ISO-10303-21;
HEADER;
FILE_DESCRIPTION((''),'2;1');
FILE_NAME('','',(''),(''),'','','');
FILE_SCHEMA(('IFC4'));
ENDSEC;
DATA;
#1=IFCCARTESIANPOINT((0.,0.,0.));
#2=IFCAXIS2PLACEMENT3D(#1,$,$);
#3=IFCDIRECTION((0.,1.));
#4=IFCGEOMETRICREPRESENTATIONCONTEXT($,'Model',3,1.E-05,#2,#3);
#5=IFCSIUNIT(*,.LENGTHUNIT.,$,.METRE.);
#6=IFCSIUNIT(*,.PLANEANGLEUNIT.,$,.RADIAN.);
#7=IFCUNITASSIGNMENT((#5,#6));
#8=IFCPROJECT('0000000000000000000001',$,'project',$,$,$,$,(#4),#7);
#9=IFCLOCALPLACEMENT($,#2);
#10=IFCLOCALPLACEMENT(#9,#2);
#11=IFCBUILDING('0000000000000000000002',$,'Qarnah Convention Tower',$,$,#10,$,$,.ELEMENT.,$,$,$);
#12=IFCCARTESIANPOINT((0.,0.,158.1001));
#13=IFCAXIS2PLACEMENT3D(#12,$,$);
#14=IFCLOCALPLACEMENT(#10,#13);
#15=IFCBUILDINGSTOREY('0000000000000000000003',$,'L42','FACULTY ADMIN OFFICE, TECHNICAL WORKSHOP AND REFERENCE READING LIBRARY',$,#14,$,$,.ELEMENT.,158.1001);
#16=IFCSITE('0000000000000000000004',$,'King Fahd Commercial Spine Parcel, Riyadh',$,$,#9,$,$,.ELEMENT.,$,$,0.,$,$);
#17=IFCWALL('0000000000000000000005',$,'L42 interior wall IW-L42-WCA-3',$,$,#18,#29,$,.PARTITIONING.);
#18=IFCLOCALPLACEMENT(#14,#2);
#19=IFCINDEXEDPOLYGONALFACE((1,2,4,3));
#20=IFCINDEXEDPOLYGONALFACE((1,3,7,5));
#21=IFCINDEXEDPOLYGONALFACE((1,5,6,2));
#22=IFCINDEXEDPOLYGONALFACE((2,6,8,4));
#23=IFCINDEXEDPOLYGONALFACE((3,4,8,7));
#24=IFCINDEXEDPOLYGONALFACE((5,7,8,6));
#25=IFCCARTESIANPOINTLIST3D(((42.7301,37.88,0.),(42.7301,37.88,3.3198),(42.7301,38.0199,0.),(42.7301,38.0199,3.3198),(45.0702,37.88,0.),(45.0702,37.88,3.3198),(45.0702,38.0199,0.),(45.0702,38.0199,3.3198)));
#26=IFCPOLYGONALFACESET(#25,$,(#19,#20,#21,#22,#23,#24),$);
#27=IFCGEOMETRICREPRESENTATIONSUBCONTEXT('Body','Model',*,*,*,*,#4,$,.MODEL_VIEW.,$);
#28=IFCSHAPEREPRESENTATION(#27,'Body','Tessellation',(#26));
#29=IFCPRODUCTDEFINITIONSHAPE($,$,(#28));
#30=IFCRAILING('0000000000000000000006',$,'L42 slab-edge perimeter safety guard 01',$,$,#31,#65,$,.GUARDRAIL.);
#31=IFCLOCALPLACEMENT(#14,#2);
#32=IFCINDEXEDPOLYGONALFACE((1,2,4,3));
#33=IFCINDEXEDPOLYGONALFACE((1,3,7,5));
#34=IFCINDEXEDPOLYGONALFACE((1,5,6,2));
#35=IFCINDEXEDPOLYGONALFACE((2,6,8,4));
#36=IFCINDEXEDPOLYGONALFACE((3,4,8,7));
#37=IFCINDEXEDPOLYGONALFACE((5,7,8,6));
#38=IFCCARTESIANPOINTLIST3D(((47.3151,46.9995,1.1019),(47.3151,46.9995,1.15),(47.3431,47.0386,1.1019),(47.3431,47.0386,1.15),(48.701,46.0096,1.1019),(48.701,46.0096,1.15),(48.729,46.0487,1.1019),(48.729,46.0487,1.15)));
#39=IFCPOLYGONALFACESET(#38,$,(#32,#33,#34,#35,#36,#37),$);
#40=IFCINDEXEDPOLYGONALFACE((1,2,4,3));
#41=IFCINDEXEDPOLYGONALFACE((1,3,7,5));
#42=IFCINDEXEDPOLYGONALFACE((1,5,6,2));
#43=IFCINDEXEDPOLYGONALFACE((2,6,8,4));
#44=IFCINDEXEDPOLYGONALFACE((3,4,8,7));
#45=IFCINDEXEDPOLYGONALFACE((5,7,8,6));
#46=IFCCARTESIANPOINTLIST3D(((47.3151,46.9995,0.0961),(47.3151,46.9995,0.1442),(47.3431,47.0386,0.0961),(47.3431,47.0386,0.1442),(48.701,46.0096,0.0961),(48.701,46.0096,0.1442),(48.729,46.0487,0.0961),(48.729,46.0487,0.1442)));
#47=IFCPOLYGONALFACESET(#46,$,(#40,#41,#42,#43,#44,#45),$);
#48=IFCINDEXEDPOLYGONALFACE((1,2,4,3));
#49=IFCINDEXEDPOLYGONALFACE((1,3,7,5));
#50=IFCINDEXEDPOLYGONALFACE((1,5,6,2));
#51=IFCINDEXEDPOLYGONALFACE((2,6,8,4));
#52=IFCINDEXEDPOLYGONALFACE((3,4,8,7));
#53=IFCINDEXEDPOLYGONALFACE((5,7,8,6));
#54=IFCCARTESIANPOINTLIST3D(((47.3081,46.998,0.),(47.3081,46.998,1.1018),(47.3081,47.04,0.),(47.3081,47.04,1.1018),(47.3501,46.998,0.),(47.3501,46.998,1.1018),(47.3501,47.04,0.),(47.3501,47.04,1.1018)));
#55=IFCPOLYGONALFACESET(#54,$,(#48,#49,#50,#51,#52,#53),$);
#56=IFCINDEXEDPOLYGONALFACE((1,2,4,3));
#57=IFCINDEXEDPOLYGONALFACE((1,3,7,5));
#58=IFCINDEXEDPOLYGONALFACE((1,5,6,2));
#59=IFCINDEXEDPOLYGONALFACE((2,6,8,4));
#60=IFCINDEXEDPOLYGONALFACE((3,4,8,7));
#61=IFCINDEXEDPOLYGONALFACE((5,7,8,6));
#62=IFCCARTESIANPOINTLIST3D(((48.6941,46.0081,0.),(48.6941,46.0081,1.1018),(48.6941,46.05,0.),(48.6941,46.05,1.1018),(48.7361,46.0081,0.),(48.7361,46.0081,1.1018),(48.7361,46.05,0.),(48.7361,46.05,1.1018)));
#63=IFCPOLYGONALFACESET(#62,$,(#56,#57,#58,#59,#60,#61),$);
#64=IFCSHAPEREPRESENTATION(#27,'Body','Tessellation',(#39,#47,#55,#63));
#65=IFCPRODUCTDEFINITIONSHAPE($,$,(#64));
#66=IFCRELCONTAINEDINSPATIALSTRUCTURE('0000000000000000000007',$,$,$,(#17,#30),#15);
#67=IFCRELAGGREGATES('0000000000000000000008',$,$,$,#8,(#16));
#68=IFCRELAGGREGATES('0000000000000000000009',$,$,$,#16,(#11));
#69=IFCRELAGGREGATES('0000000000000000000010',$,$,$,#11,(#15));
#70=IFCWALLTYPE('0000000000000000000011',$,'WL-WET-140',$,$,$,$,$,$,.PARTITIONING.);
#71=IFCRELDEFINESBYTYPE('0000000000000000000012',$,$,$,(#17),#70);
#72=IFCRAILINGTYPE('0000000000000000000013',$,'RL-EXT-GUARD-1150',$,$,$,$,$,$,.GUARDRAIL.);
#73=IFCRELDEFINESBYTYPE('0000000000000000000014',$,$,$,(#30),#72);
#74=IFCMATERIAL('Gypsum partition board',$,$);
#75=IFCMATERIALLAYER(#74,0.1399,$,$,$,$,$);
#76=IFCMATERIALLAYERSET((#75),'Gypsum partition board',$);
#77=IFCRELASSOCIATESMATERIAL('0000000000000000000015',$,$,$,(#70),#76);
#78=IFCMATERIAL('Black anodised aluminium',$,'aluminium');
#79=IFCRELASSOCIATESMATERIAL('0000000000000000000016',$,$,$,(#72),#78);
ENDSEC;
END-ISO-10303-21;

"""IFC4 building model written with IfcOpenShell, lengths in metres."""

from ifc_helpers import new_model, si_unit, direction, frame, frame_2d, origin, origin_2d, place, context, subcontext, project, spatial, rectangle, extrude, material, layer, layer_set, type_object, element, save


model = new_model("IFC4")

# Units and contexts
model_context = context("Model", 3, precision=1e-05, world=origin(), true_north=direction((0.0, 1.0)))
body_context = subcontext(model_context, "Body", "Model", "MODEL_VIEW")
ifc_project = project(units=[si_unit("LENGTHUNIT", "METRE"), si_unit("PLANEANGLEUNIT", "RADIAN")], contexts=[model_context])

# Site, building, storey
site_placement = place(None, origin())
site = spatial("IfcSite", under=ifc_project, at=site_placement, Name="King Fahd Commercial Spine Parcel, Riyadh", CompositionType="ELEMENT", RefElevation=0.0)
building_placement = place(site_placement, origin())
building = spatial("IfcBuilding", under=site, at=building_placement, Name="Qarnah Convention Tower", CompositionType="ELEMENT")
storey_placement = place(building_placement, frame((0.0, 0.0, 158.1001)))
storey = spatial("IfcBuildingStorey", under=building, at=storey_placement, Name="L42", Description="FACULTY ADMIN OFFICE, TECHNICAL WORKSHOP AND REFERENCE READING LIBRARY", CompositionType="ELEMENT", Elevation=158.1001)

# Shared definitions
ifc_material_1 = material(Name="Black anodised aluminium", Category="aluminium")

# Shared definitions
ifc_material_2 = material(Name="Gypsum partition board")
ifc_layer_1 = layer(ifc_material_2, 0.1399)
ifc_layer_set_1 = layer_set([ifc_layer_1], Name="Gypsum partition board")
wall_type_1 = type_object("IfcWallType", Name="WL-WET-140", PredefinedType="PARTITIONING", material=ifc_layer_set_1)

# Wall
wall_1_placement = place(storey_placement, frame((45.0701, 37.95, 0.0), z_axis=(0.0, 0.0, 1.0), x_axis=(-1.0, 0.0, 0.0)))
element("IfcWall", 1, at=wall_1_placement, inside=storey, type_object=wall_type_1, Name="L42 interior wall IW-L42-WCA-3", PredefinedType="PARTITIONING", context=body_context, shape_type="SweptSolid", body=[
    extrude(rectangle(XDim=2.3401, YDim=0.1399, at=frame_2d((1.1699, 0.0))), origin(), (0.0, 0.0, 1.0), 3.3198),
])

# Railing
railing_type = type_object("IfcRailingType", Name="RL-EXT-GUARD-1150", PredefinedType="GUARDRAIL", material=ifc_material_1)
railing_1_placement = place(storey_placement, frame((47.3291, 47.019, 0.0)))
element("IfcRailing", 2, at=railing_1_placement, inside=storey, type_object=railing_type, Name="L42 slab-edge perimeter safety guard 01", PredefinedType="GUARDRAIL", context=body_context, shape_type="SweptSolid", body=[
    extrude(rectangle(XDim=0.0481, YDim=0.0481, at=origin_2d()), frame((0.0, 0.0, 1.126), z_axis=(0.813733, -0.581238, 0.0), x_axis=(0.581238, 0.813733, 0.0)), (0.0, 0.0, 1.0), 1.7031),
    extrude(rectangle(XDim=0.0481, YDim=0.0481, at=origin_2d()), frame((0.0, 0.0, 0.1201), z_axis=(0.813733, -0.581238, 0.0), x_axis=(0.581238, 0.813733, 0.0)), (0.0, 0.0, 1.0), 1.7031),
    extrude(rectangle(XDim=0.042, YDim=0.042, at=origin_2d()), origin(), (0.0, 0.0, 1.0), 1.1018),
    extrude(rectangle(XDim=0.042, YDim=0.042, at=origin_2d()), frame((1.386, -0.99, 0.0)), (0.0, 0.0, 1.0), 1.1018),
])

save(model, "model.ifc")
